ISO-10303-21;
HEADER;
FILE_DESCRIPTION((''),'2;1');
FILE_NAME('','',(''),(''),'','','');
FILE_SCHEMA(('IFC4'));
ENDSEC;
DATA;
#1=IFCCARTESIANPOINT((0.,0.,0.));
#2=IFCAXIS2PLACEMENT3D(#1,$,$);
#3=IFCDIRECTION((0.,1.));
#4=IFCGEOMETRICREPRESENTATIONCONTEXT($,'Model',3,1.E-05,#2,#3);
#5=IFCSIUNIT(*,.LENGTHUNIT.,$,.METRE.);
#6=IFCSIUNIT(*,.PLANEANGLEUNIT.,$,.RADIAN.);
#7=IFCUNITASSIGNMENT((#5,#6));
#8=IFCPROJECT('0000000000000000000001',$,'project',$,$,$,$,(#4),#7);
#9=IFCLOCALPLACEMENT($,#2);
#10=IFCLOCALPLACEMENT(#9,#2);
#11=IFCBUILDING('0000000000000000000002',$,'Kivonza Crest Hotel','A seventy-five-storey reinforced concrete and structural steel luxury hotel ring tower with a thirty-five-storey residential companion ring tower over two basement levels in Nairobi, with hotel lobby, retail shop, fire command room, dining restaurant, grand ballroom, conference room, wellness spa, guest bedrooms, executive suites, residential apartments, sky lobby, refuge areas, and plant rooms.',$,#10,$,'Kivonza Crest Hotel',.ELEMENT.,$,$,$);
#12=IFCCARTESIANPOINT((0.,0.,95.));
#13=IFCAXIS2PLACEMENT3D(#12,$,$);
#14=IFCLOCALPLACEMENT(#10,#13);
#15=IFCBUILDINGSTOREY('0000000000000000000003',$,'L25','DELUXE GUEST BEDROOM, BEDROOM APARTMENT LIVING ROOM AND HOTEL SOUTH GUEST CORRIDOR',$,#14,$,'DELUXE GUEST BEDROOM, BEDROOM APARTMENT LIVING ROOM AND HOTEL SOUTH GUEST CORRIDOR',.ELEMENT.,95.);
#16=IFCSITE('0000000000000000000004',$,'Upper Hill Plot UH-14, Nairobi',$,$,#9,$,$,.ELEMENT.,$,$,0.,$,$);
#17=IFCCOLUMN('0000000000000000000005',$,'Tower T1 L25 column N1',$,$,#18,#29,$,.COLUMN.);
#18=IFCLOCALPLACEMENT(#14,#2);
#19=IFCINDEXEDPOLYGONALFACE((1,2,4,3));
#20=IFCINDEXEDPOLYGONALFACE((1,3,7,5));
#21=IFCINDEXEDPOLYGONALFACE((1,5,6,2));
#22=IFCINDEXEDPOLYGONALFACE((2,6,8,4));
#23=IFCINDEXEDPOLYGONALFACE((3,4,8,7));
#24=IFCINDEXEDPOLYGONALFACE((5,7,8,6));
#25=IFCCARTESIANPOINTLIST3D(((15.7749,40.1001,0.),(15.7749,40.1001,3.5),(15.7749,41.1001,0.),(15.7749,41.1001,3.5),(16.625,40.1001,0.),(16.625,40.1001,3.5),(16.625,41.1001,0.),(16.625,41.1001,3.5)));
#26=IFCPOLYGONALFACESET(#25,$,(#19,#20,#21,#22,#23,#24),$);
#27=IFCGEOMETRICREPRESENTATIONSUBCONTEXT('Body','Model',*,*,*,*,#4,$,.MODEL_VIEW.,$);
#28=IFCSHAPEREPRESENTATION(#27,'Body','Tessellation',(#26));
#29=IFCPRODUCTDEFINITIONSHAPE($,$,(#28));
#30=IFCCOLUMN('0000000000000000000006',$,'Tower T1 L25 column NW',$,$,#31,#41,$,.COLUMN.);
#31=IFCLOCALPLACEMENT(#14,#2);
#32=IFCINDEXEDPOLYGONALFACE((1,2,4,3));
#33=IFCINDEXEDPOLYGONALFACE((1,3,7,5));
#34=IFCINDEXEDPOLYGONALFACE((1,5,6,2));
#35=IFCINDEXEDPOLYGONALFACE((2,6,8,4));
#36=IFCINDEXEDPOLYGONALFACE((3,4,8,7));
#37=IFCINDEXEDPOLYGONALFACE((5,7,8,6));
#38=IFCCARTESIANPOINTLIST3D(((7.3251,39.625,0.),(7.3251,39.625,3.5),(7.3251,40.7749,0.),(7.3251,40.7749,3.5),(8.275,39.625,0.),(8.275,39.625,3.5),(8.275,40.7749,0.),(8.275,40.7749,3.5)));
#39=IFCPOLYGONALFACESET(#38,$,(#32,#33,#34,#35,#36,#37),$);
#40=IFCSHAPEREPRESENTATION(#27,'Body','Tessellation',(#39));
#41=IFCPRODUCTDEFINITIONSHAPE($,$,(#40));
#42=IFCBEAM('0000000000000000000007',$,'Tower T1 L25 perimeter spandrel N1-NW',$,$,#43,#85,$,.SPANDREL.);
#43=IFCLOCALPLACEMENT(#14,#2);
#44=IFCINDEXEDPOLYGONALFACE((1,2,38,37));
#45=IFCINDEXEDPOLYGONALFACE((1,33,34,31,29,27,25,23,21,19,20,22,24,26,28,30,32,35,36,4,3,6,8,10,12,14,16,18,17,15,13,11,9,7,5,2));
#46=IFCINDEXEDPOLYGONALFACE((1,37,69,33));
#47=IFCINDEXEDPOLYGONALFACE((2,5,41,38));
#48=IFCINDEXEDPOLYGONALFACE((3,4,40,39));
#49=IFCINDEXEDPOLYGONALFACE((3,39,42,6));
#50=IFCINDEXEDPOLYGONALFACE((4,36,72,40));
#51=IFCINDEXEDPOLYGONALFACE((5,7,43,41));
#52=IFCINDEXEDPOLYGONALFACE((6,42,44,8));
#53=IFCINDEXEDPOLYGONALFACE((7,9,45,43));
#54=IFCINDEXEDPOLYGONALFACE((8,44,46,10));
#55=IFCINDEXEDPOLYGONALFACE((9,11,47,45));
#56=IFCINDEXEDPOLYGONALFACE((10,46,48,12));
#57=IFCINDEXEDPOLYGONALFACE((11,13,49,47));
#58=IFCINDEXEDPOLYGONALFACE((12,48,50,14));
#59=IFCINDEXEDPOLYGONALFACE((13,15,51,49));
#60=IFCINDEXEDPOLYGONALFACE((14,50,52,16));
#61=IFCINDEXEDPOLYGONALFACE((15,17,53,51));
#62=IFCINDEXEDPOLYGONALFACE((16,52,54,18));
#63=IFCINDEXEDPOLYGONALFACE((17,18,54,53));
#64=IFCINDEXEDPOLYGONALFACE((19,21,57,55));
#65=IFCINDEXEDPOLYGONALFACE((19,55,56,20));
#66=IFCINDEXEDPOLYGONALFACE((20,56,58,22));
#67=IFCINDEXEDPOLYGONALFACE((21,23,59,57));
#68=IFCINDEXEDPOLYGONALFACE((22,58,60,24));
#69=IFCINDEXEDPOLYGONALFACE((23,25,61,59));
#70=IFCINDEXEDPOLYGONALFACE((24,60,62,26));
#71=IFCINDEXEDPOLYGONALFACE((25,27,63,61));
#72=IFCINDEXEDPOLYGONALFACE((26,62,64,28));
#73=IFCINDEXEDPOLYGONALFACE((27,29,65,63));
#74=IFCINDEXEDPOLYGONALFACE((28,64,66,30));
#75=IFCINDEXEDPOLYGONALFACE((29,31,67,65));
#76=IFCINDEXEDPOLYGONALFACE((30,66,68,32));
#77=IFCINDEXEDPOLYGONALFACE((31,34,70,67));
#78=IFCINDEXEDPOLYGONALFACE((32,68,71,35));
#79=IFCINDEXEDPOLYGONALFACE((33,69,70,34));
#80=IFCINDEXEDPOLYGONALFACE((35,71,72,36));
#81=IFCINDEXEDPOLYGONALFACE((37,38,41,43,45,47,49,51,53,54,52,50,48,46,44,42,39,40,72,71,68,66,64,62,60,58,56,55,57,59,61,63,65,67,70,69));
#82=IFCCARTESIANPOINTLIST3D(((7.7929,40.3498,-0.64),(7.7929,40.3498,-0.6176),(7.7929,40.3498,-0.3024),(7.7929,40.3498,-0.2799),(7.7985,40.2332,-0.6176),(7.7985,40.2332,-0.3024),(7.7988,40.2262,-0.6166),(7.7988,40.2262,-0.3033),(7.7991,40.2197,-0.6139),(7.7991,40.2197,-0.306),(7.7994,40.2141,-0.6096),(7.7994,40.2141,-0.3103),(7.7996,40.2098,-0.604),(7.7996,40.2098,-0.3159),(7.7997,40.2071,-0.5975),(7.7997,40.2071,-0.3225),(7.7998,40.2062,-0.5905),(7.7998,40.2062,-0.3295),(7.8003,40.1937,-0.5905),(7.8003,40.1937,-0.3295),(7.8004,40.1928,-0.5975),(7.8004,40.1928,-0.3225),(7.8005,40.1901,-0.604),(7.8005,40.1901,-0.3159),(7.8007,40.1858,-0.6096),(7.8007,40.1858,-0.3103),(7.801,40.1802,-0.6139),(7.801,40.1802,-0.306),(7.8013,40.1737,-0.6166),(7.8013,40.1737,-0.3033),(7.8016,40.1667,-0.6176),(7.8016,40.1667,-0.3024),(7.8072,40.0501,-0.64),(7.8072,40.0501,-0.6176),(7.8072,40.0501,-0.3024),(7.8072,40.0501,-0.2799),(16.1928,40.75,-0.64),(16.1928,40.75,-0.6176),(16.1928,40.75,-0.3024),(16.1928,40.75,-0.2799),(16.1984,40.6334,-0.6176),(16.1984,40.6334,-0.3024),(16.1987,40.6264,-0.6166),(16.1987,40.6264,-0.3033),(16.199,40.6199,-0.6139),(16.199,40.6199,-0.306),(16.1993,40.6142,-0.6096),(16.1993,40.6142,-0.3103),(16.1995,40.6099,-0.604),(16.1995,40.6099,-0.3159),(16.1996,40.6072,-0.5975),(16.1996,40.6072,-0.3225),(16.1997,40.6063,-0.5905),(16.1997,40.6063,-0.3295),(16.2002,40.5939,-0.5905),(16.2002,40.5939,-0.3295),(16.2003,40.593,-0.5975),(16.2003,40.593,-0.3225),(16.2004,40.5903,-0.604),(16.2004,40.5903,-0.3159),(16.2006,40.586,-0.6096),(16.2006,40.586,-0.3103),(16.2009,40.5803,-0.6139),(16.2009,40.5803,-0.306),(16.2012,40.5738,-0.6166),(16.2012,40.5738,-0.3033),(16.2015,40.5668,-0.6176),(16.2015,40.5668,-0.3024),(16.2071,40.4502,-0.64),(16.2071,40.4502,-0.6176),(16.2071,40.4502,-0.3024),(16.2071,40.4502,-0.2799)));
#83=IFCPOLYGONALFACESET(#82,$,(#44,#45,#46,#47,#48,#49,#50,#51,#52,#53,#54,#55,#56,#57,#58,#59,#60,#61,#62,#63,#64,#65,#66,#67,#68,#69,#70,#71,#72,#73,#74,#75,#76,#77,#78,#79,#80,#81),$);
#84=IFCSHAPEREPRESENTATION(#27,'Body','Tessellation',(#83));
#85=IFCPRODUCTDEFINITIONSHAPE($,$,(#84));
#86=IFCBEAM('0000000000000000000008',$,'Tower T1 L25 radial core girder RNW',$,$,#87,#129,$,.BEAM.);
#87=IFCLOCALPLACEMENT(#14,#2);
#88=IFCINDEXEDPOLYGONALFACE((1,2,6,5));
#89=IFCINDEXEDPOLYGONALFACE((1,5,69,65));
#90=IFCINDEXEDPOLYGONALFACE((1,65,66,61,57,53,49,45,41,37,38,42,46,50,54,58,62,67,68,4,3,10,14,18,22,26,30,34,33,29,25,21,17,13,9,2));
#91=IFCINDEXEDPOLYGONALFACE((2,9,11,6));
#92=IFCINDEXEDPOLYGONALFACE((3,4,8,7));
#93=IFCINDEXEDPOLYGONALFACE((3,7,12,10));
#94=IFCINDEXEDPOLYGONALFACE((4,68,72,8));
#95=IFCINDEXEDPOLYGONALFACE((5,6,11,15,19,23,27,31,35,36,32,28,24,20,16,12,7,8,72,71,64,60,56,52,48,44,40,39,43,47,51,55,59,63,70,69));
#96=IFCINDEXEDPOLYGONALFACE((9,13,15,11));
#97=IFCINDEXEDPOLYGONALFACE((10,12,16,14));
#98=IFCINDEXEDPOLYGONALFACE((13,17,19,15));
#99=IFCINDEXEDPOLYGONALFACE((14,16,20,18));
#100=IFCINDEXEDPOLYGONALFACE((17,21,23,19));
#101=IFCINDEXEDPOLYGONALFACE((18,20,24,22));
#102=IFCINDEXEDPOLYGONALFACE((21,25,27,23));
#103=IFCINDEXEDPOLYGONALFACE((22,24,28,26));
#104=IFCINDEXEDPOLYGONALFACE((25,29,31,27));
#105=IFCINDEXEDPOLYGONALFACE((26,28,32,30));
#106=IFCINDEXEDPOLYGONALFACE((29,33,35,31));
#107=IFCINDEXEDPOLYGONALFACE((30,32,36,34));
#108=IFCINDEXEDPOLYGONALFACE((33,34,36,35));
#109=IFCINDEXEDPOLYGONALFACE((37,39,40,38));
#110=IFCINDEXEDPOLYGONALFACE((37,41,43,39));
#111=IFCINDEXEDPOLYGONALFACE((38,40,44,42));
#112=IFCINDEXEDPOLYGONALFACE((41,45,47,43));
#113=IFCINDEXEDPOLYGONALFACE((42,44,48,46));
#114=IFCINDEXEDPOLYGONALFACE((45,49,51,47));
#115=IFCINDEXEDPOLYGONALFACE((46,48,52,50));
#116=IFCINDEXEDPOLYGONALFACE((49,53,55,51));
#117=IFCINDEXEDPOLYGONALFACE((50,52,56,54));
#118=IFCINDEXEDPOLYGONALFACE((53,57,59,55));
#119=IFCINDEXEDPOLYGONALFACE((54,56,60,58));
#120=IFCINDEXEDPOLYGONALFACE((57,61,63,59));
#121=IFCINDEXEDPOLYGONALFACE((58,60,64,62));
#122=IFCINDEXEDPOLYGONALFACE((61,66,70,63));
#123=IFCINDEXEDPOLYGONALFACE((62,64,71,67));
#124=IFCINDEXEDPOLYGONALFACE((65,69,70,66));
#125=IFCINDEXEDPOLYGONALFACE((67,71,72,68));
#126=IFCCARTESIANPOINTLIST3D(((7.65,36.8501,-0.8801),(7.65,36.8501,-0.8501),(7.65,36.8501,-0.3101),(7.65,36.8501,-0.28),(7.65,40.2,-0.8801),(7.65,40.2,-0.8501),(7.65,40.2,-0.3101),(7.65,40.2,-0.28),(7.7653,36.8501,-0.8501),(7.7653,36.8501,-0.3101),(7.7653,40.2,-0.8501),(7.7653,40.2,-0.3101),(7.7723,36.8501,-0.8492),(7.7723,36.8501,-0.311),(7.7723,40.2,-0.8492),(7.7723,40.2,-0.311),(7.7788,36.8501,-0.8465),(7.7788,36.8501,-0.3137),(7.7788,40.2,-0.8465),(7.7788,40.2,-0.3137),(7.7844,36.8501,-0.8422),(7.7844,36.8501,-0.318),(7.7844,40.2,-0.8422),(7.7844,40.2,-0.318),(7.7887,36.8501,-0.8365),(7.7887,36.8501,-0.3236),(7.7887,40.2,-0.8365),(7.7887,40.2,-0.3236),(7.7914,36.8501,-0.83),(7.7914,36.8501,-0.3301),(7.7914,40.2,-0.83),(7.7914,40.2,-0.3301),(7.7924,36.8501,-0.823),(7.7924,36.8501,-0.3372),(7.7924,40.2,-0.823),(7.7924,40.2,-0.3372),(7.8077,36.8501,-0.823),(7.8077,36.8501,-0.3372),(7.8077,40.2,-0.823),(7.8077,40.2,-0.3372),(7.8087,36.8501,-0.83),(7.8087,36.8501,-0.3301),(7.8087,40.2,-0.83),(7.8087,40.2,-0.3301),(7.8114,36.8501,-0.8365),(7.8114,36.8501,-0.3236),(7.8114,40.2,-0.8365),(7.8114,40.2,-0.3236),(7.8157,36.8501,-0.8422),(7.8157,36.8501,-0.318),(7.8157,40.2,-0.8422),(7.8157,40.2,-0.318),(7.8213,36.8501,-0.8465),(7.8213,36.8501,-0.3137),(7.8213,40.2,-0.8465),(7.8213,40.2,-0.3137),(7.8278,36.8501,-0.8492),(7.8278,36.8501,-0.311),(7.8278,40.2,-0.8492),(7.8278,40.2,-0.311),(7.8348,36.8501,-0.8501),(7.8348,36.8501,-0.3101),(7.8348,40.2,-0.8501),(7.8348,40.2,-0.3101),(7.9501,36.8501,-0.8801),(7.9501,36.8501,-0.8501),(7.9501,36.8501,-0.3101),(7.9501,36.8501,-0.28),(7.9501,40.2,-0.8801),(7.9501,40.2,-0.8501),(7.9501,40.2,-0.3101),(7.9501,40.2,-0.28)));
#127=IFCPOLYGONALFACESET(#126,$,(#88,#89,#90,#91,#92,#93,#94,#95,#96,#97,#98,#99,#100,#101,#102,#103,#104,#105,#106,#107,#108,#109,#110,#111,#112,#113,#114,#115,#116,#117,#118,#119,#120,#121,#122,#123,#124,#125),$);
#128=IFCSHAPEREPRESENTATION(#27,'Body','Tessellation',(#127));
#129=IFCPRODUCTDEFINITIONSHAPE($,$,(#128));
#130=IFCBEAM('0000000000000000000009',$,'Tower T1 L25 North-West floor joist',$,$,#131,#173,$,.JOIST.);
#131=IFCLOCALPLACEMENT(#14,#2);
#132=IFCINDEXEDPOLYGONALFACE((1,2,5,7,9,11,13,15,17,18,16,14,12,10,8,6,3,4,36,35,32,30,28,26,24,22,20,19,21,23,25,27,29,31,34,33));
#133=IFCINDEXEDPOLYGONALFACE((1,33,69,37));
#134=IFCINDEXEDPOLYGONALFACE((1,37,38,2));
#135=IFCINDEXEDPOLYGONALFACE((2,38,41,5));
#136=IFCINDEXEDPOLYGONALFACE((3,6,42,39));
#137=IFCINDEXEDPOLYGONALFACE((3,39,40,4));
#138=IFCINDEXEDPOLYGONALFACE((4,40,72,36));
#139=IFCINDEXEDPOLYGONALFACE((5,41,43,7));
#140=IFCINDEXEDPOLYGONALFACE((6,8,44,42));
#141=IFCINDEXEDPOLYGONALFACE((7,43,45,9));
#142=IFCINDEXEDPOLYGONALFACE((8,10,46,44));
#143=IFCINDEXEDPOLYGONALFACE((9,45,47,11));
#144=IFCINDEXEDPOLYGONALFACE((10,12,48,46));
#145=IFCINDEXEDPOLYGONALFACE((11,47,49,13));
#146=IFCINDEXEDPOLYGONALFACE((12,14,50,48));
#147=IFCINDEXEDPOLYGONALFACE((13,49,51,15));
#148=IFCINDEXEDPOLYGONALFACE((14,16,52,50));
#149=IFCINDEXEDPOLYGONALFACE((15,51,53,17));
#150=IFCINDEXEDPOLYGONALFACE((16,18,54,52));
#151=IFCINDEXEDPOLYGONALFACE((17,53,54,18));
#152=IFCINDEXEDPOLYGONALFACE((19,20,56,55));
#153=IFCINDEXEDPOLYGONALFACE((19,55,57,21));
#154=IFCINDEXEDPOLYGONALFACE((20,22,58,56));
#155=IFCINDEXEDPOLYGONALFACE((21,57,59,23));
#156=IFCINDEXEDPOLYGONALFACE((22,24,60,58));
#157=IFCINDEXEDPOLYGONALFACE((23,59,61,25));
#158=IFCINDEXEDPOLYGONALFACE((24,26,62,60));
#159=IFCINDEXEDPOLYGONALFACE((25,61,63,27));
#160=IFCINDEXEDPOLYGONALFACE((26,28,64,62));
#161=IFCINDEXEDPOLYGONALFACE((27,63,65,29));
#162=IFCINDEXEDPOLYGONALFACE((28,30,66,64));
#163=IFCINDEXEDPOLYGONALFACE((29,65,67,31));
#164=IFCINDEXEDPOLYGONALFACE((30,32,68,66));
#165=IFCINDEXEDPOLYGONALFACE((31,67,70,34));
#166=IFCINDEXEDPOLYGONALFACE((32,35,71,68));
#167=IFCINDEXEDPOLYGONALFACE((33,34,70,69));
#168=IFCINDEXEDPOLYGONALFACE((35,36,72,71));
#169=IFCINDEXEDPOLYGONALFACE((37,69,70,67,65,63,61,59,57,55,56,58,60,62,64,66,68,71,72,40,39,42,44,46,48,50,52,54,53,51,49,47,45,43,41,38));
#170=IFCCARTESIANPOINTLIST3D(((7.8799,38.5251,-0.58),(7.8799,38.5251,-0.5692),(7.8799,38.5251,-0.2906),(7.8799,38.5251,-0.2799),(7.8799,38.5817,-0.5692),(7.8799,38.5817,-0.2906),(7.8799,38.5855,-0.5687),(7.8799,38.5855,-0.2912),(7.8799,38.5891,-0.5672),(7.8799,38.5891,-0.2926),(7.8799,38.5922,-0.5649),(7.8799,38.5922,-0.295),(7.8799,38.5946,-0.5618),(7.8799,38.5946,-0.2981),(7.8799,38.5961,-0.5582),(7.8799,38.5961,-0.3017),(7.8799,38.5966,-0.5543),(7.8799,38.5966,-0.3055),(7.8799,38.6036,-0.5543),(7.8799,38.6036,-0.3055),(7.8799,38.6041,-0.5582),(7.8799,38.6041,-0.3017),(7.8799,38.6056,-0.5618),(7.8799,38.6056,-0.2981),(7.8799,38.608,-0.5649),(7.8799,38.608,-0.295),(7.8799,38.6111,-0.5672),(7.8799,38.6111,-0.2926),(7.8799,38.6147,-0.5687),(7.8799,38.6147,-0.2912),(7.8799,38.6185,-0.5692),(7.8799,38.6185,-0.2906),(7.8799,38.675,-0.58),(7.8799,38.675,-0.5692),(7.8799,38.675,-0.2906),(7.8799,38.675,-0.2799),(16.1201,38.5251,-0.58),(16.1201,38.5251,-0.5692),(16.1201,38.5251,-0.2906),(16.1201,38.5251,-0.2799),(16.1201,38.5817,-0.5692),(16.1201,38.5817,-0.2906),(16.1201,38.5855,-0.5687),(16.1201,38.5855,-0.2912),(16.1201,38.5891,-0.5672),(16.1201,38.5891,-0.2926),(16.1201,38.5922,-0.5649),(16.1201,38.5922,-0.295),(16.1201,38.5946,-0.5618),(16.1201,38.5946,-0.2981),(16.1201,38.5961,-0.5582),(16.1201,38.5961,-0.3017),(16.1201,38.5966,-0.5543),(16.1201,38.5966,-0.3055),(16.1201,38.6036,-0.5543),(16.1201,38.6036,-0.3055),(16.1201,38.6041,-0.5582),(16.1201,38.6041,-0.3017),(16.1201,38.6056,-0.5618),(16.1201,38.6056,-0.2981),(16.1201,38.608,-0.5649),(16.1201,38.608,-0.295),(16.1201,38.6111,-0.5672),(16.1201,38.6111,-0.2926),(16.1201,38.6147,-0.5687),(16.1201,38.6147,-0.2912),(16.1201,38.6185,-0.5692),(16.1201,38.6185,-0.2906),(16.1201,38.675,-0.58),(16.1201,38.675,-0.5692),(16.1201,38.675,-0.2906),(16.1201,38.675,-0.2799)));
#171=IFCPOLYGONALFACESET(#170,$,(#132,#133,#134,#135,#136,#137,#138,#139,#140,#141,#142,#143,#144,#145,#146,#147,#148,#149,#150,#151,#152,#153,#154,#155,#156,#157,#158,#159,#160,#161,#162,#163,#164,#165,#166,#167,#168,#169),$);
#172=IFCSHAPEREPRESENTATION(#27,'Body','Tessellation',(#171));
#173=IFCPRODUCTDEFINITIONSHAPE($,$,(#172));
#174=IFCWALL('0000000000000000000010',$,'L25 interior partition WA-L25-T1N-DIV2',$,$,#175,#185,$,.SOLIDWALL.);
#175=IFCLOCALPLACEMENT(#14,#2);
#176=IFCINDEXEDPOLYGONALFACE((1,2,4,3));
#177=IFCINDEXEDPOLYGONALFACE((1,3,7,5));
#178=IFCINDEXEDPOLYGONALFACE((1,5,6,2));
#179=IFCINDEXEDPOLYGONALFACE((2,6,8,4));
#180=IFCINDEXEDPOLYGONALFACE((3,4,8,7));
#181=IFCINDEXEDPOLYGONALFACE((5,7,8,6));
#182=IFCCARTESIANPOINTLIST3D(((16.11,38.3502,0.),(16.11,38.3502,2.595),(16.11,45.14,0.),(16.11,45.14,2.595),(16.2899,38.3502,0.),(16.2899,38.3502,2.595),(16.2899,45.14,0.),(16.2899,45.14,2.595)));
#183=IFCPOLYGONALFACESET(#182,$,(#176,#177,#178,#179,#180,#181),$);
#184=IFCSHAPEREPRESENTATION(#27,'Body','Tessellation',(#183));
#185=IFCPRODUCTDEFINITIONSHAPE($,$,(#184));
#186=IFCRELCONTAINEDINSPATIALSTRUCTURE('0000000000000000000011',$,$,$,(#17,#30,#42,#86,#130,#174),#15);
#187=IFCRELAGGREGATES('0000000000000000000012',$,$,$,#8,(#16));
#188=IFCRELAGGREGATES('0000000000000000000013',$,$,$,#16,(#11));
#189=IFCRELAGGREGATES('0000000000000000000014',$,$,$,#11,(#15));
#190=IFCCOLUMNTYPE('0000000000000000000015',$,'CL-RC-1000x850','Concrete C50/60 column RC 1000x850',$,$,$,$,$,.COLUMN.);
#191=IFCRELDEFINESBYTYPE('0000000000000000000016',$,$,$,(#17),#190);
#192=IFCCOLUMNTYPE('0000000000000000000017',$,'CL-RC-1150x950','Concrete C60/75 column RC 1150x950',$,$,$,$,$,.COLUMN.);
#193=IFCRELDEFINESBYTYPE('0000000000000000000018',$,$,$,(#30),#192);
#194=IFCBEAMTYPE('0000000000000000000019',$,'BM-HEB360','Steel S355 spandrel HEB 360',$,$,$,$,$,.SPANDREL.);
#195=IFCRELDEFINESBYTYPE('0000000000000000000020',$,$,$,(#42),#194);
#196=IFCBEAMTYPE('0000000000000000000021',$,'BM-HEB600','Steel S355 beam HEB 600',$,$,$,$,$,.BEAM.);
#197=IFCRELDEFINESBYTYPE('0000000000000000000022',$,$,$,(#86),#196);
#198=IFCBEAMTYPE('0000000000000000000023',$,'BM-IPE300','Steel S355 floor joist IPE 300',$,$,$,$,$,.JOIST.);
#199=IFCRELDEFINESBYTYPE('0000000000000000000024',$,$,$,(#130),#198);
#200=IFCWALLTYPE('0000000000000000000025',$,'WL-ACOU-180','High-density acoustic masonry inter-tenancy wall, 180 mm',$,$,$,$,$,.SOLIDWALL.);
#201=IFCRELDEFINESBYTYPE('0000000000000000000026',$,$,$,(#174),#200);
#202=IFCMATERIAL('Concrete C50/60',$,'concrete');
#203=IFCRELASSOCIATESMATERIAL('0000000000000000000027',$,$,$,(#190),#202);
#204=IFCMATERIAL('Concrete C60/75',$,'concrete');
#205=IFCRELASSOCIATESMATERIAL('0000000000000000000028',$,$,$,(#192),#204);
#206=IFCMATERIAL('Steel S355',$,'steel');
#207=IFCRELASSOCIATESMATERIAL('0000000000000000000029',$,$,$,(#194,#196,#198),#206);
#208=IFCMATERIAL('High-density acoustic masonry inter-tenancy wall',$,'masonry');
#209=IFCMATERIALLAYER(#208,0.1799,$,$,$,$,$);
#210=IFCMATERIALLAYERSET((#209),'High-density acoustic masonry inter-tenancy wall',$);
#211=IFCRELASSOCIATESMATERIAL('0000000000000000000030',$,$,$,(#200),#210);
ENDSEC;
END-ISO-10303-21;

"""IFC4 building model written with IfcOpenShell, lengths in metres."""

from ifc_helpers import new_model, si_unit, direction, frame, frame_2d, origin, origin_2d, place, context, subcontext, project, spatial, rectangle, i_section, extrude, material, layer, layer_set, material_profile, profile_set, type_object, element, save


model = new_model("IFC4")

# Units and contexts
model_context = context("Model", 3, precision=1e-05, world=origin(), true_north=direction((0.0, 1.0)))
body_context = subcontext(model_context, "Body", "Model", "MODEL_VIEW")
ifc_project = project(units=[si_unit("LENGTHUNIT", "METRE"), si_unit("PLANEANGLEUNIT", "RADIAN")], contexts=[model_context])

# Site, building, storey
site_placement = place(None, origin())
site = spatial("IfcSite", under=ifc_project, at=site_placement, Name="Upper Hill Plot UH-14, Nairobi", CompositionType="ELEMENT", RefElevation=0.0)
building_placement = place(site_placement, origin())
building = spatial("IfcBuilding", under=site, at=building_placement, Name="Kivonza Crest Hotel", Description="A seventy-five-storey reinforced concrete and structural steel luxury hotel ring tower with a thirty-five-storey residential companion ring tower over two basement levels in Nairobi, with hotel lobby, retail shop, fire command room, dining restaurant, grand ballroom, conference room, wellness spa, guest bedrooms, executive suites, residential apartments, sky lobby, refuge areas, and plant rooms.", LongName="Kivonza Crest Hotel", CompositionType="ELEMENT")
storey_placement = place(building_placement, frame((0.0, 0.0, 95.0)))
storey = spatial("IfcBuildingStorey", under=building, at=storey_placement, Name="L25", Description="DELUXE GUEST BEDROOM, BEDROOM APARTMENT LIVING ROOM AND HOTEL SOUTH GUEST CORRIDOR", LongName="DELUXE GUEST BEDROOM, BEDROOM APARTMENT LIVING ROOM AND HOTEL SOUTH GUEST CORRIDOR", CompositionType="ELEMENT", Elevation=95.0)

# Columns
ifc_material_1 = material(Name="Concrete C50/60", Category="concrete")
ifc_material_profile_1 = material_profile(ifc_material_1, rectangle(XDim=0.8501, YDim=1.0, at=origin_2d()), Name="RC 1000x850")
ifc_profile_set_1 = profile_set([ifc_material_profile_1], Name="Concrete C50/60")
column_type_1 = type_object("IfcColumnType", Name="CL-RC-1000x850", Description="Concrete C50/60 column RC 1000x850", PredefinedType="COLUMN", material=ifc_profile_set_1)
column_1_placement = place(storey_placement, frame((16.2, 40.6001, 0.0), z_axis=(0.0, 0.0, 1.0), x_axis=(1.0, 0.0, 0.0)))
element("IfcColumn", 1, at=column_1_placement, inside=storey, type_object=column_type_1, Name="Tower T1 L25 column N1", PredefinedType="COLUMN", context=body_context, shape_type="SweptSolid", body=[
    extrude(rectangle(XDim=0.8501, YDim=1.0, at=origin_2d()), origin(), (0.0, 0.0, 1.0), 3.5),
])
ifc_material_2 = material(Name="Concrete C60/75", Category="concrete")
ifc_material_profile_2 = material_profile(ifc_material_2, rectangle(XDim=0.95, YDim=1.1499, at=origin_2d()), Name="RC 1150x950")
ifc_profile_set_2 = profile_set([ifc_material_profile_2], Name="Concrete C60/75")
column_type_2 = type_object("IfcColumnType", Name="CL-RC-1150x950", Description="Concrete C60/75 column RC 1150x950", PredefinedType="COLUMN", material=ifc_profile_set_2)
column_2_placement = place(storey_placement, frame((7.8, 40.2, 0.0), z_axis=(0.0, 0.0, 1.0), x_axis=(1.0, 0.0, 0.0)))
element("IfcColumn", 2, at=column_2_placement, inside=storey, type_object=column_type_2, Name="Tower T1 L25 column NW", PredefinedType="COLUMN", context=body_context, shape_type="SweptSolid", body=[
    extrude(rectangle(XDim=0.95, YDim=1.1499, at=origin_2d()), origin(), (0.0, 0.0, 1.0), 3.5),
])

# Beams
ifc_material_3 = material(Name="Steel S355", Category="steel")
ifc_material_profile_3 = material_profile(ifc_material_3, i_section(OverallWidth=0.3, OverallDepth=0.3601, WebThickness=0.0125, FlangeThickness=0.0225, FilletRadius=0.0271, at=origin_2d()), Name="HEB 360")
ifc_profile_set_3 = profile_set([ifc_material_profile_3], Name="Steel S355")
beam_type_1 = type_object("IfcBeamType", Name="BM-HEB360", Description="Steel S355 spandrel HEB 360", PredefinedType="SPANDREL", material=ifc_profile_set_3)
beam_1_placement = place(storey_placement, frame((16.2, 40.6001, -0.46), z_axis=(-0.998867, -0.047583, 0.0), x_axis=(0.047583, -0.998867, 0.0)))
element("IfcBeam", 3, at=beam_1_placement, inside=storey, type_object=beam_type_1, Name="Tower T1 L25 perimeter spandrel N1-NW", PredefinedType="SPANDREL", context=body_context, shape_type="SweptSolid", body=[
    extrude(i_section(OverallWidth=0.3, OverallDepth=0.3601, WebThickness=0.0125, FlangeThickness=0.0225, FilletRadius=0.0271, at=origin_2d()), origin(), (0.0, 0.0, 1.0), 8.4094),
])
ifc_material_profile_4 = material_profile(ifc_material_3, i_section(OverallWidth=0.3, OverallDepth=0.6001, WebThickness=0.0154, FlangeThickness=0.03, FilletRadius=0.0271, at=origin_2d()), Name="HEB 600")
ifc_profile_set_4 = profile_set([ifc_material_profile_4], Name="Steel S355")
beam_type_2 = type_object("IfcBeamType", Name="BM-HEB600", Description="Steel S355 beam HEB 600", PredefinedType="BEAM", material=ifc_profile_set_4)
beam_2_placement = place(storey_placement, frame((7.8, 40.2, -0.5801), z_axis=(0.0, -1.0, 0.0), x_axis=(1.0, 0.0, 0.0)))
element("IfcBeam", 4, at=beam_2_placement, inside=storey, type_object=beam_type_2, Name="Tower T1 L25 radial core girder RNW", PredefinedType="BEAM", context=body_context, shape_type="SweptSolid", body=[
    extrude(i_section(OverallWidth=0.3, OverallDepth=0.6001, WebThickness=0.0154, FlangeThickness=0.03, FilletRadius=0.0271, at=origin_2d()), origin(), (0.0, 0.0, 1.0), 3.3499),
])
ifc_material_profile_5 = material_profile(ifc_material_3, i_section(OverallWidth=0.1499, OverallDepth=0.3, WebThickness=0.0071, FlangeThickness=0.0107, FilletRadius=0.0149, at=origin_2d()), Name="IPE 300")
ifc_profile_set_5 = profile_set([ifc_material_profile_5], Name="Steel S355")
beam_type_3 = type_object("IfcBeamType", Name="BM-IPE300", Description="Steel S355 floor joist IPE 300", PredefinedType="JOIST", material=ifc_profile_set_5)
beam_3_placement = place(storey_placement, frame((7.8799, 38.6001, -0.4299), z_axis=(1.0, 0.0, 0.0), x_axis=(0.0, 1.0, 0.0)))
element("IfcBeam", 5, at=beam_3_placement, inside=storey, type_object=beam_type_3, Name="Tower T1 L25 North-West floor joist", PredefinedType="JOIST", context=body_context, shape_type="SweptSolid", body=[
    extrude(i_section(OverallWidth=0.1499, OverallDepth=0.3, WebThickness=0.0071, FlangeThickness=0.0107, FilletRadius=0.0149, at=origin_2d()), origin(), (0.0, 0.0, 1.0), 8.2402),
])

# Wall
ifc_material_4 = material(Name="High-density acoustic masonry inter-tenancy wall", Category="masonry")
ifc_layer_1 = layer(ifc_material_4, 0.1799)
ifc_layer_set_1 = layer_set([ifc_layer_1], Name="High-density acoustic masonry inter-tenancy wall")
wall_type_1 = type_object("IfcWallType", Name="WL-ACOU-180", Description="High-density acoustic masonry inter-tenancy wall, 180 mm", PredefinedType="SOLIDWALL", material=ifc_layer_set_1)
wall_1_placement = place(storey_placement, frame((16.2, 38.3501, 0.0), z_axis=(0.0, 0.0, 1.0), x_axis=(0.0, 1.0, 0.0)))
element("IfcWall", 6, at=wall_1_placement, inside=storey, type_object=wall_type_1, Name="L25 interior partition WA-L25-T1N-DIV2", PredefinedType="SOLIDWALL", context=body_context, shape_type="SweptSolid", body=[
    extrude(rectangle(XDim=6.7898, YDim=0.1799, at=frame_2d((3.395, 0.0))), origin(), (0.0, 0.0, 1.0), 2.595),
])

save(model, "model.ifc")
